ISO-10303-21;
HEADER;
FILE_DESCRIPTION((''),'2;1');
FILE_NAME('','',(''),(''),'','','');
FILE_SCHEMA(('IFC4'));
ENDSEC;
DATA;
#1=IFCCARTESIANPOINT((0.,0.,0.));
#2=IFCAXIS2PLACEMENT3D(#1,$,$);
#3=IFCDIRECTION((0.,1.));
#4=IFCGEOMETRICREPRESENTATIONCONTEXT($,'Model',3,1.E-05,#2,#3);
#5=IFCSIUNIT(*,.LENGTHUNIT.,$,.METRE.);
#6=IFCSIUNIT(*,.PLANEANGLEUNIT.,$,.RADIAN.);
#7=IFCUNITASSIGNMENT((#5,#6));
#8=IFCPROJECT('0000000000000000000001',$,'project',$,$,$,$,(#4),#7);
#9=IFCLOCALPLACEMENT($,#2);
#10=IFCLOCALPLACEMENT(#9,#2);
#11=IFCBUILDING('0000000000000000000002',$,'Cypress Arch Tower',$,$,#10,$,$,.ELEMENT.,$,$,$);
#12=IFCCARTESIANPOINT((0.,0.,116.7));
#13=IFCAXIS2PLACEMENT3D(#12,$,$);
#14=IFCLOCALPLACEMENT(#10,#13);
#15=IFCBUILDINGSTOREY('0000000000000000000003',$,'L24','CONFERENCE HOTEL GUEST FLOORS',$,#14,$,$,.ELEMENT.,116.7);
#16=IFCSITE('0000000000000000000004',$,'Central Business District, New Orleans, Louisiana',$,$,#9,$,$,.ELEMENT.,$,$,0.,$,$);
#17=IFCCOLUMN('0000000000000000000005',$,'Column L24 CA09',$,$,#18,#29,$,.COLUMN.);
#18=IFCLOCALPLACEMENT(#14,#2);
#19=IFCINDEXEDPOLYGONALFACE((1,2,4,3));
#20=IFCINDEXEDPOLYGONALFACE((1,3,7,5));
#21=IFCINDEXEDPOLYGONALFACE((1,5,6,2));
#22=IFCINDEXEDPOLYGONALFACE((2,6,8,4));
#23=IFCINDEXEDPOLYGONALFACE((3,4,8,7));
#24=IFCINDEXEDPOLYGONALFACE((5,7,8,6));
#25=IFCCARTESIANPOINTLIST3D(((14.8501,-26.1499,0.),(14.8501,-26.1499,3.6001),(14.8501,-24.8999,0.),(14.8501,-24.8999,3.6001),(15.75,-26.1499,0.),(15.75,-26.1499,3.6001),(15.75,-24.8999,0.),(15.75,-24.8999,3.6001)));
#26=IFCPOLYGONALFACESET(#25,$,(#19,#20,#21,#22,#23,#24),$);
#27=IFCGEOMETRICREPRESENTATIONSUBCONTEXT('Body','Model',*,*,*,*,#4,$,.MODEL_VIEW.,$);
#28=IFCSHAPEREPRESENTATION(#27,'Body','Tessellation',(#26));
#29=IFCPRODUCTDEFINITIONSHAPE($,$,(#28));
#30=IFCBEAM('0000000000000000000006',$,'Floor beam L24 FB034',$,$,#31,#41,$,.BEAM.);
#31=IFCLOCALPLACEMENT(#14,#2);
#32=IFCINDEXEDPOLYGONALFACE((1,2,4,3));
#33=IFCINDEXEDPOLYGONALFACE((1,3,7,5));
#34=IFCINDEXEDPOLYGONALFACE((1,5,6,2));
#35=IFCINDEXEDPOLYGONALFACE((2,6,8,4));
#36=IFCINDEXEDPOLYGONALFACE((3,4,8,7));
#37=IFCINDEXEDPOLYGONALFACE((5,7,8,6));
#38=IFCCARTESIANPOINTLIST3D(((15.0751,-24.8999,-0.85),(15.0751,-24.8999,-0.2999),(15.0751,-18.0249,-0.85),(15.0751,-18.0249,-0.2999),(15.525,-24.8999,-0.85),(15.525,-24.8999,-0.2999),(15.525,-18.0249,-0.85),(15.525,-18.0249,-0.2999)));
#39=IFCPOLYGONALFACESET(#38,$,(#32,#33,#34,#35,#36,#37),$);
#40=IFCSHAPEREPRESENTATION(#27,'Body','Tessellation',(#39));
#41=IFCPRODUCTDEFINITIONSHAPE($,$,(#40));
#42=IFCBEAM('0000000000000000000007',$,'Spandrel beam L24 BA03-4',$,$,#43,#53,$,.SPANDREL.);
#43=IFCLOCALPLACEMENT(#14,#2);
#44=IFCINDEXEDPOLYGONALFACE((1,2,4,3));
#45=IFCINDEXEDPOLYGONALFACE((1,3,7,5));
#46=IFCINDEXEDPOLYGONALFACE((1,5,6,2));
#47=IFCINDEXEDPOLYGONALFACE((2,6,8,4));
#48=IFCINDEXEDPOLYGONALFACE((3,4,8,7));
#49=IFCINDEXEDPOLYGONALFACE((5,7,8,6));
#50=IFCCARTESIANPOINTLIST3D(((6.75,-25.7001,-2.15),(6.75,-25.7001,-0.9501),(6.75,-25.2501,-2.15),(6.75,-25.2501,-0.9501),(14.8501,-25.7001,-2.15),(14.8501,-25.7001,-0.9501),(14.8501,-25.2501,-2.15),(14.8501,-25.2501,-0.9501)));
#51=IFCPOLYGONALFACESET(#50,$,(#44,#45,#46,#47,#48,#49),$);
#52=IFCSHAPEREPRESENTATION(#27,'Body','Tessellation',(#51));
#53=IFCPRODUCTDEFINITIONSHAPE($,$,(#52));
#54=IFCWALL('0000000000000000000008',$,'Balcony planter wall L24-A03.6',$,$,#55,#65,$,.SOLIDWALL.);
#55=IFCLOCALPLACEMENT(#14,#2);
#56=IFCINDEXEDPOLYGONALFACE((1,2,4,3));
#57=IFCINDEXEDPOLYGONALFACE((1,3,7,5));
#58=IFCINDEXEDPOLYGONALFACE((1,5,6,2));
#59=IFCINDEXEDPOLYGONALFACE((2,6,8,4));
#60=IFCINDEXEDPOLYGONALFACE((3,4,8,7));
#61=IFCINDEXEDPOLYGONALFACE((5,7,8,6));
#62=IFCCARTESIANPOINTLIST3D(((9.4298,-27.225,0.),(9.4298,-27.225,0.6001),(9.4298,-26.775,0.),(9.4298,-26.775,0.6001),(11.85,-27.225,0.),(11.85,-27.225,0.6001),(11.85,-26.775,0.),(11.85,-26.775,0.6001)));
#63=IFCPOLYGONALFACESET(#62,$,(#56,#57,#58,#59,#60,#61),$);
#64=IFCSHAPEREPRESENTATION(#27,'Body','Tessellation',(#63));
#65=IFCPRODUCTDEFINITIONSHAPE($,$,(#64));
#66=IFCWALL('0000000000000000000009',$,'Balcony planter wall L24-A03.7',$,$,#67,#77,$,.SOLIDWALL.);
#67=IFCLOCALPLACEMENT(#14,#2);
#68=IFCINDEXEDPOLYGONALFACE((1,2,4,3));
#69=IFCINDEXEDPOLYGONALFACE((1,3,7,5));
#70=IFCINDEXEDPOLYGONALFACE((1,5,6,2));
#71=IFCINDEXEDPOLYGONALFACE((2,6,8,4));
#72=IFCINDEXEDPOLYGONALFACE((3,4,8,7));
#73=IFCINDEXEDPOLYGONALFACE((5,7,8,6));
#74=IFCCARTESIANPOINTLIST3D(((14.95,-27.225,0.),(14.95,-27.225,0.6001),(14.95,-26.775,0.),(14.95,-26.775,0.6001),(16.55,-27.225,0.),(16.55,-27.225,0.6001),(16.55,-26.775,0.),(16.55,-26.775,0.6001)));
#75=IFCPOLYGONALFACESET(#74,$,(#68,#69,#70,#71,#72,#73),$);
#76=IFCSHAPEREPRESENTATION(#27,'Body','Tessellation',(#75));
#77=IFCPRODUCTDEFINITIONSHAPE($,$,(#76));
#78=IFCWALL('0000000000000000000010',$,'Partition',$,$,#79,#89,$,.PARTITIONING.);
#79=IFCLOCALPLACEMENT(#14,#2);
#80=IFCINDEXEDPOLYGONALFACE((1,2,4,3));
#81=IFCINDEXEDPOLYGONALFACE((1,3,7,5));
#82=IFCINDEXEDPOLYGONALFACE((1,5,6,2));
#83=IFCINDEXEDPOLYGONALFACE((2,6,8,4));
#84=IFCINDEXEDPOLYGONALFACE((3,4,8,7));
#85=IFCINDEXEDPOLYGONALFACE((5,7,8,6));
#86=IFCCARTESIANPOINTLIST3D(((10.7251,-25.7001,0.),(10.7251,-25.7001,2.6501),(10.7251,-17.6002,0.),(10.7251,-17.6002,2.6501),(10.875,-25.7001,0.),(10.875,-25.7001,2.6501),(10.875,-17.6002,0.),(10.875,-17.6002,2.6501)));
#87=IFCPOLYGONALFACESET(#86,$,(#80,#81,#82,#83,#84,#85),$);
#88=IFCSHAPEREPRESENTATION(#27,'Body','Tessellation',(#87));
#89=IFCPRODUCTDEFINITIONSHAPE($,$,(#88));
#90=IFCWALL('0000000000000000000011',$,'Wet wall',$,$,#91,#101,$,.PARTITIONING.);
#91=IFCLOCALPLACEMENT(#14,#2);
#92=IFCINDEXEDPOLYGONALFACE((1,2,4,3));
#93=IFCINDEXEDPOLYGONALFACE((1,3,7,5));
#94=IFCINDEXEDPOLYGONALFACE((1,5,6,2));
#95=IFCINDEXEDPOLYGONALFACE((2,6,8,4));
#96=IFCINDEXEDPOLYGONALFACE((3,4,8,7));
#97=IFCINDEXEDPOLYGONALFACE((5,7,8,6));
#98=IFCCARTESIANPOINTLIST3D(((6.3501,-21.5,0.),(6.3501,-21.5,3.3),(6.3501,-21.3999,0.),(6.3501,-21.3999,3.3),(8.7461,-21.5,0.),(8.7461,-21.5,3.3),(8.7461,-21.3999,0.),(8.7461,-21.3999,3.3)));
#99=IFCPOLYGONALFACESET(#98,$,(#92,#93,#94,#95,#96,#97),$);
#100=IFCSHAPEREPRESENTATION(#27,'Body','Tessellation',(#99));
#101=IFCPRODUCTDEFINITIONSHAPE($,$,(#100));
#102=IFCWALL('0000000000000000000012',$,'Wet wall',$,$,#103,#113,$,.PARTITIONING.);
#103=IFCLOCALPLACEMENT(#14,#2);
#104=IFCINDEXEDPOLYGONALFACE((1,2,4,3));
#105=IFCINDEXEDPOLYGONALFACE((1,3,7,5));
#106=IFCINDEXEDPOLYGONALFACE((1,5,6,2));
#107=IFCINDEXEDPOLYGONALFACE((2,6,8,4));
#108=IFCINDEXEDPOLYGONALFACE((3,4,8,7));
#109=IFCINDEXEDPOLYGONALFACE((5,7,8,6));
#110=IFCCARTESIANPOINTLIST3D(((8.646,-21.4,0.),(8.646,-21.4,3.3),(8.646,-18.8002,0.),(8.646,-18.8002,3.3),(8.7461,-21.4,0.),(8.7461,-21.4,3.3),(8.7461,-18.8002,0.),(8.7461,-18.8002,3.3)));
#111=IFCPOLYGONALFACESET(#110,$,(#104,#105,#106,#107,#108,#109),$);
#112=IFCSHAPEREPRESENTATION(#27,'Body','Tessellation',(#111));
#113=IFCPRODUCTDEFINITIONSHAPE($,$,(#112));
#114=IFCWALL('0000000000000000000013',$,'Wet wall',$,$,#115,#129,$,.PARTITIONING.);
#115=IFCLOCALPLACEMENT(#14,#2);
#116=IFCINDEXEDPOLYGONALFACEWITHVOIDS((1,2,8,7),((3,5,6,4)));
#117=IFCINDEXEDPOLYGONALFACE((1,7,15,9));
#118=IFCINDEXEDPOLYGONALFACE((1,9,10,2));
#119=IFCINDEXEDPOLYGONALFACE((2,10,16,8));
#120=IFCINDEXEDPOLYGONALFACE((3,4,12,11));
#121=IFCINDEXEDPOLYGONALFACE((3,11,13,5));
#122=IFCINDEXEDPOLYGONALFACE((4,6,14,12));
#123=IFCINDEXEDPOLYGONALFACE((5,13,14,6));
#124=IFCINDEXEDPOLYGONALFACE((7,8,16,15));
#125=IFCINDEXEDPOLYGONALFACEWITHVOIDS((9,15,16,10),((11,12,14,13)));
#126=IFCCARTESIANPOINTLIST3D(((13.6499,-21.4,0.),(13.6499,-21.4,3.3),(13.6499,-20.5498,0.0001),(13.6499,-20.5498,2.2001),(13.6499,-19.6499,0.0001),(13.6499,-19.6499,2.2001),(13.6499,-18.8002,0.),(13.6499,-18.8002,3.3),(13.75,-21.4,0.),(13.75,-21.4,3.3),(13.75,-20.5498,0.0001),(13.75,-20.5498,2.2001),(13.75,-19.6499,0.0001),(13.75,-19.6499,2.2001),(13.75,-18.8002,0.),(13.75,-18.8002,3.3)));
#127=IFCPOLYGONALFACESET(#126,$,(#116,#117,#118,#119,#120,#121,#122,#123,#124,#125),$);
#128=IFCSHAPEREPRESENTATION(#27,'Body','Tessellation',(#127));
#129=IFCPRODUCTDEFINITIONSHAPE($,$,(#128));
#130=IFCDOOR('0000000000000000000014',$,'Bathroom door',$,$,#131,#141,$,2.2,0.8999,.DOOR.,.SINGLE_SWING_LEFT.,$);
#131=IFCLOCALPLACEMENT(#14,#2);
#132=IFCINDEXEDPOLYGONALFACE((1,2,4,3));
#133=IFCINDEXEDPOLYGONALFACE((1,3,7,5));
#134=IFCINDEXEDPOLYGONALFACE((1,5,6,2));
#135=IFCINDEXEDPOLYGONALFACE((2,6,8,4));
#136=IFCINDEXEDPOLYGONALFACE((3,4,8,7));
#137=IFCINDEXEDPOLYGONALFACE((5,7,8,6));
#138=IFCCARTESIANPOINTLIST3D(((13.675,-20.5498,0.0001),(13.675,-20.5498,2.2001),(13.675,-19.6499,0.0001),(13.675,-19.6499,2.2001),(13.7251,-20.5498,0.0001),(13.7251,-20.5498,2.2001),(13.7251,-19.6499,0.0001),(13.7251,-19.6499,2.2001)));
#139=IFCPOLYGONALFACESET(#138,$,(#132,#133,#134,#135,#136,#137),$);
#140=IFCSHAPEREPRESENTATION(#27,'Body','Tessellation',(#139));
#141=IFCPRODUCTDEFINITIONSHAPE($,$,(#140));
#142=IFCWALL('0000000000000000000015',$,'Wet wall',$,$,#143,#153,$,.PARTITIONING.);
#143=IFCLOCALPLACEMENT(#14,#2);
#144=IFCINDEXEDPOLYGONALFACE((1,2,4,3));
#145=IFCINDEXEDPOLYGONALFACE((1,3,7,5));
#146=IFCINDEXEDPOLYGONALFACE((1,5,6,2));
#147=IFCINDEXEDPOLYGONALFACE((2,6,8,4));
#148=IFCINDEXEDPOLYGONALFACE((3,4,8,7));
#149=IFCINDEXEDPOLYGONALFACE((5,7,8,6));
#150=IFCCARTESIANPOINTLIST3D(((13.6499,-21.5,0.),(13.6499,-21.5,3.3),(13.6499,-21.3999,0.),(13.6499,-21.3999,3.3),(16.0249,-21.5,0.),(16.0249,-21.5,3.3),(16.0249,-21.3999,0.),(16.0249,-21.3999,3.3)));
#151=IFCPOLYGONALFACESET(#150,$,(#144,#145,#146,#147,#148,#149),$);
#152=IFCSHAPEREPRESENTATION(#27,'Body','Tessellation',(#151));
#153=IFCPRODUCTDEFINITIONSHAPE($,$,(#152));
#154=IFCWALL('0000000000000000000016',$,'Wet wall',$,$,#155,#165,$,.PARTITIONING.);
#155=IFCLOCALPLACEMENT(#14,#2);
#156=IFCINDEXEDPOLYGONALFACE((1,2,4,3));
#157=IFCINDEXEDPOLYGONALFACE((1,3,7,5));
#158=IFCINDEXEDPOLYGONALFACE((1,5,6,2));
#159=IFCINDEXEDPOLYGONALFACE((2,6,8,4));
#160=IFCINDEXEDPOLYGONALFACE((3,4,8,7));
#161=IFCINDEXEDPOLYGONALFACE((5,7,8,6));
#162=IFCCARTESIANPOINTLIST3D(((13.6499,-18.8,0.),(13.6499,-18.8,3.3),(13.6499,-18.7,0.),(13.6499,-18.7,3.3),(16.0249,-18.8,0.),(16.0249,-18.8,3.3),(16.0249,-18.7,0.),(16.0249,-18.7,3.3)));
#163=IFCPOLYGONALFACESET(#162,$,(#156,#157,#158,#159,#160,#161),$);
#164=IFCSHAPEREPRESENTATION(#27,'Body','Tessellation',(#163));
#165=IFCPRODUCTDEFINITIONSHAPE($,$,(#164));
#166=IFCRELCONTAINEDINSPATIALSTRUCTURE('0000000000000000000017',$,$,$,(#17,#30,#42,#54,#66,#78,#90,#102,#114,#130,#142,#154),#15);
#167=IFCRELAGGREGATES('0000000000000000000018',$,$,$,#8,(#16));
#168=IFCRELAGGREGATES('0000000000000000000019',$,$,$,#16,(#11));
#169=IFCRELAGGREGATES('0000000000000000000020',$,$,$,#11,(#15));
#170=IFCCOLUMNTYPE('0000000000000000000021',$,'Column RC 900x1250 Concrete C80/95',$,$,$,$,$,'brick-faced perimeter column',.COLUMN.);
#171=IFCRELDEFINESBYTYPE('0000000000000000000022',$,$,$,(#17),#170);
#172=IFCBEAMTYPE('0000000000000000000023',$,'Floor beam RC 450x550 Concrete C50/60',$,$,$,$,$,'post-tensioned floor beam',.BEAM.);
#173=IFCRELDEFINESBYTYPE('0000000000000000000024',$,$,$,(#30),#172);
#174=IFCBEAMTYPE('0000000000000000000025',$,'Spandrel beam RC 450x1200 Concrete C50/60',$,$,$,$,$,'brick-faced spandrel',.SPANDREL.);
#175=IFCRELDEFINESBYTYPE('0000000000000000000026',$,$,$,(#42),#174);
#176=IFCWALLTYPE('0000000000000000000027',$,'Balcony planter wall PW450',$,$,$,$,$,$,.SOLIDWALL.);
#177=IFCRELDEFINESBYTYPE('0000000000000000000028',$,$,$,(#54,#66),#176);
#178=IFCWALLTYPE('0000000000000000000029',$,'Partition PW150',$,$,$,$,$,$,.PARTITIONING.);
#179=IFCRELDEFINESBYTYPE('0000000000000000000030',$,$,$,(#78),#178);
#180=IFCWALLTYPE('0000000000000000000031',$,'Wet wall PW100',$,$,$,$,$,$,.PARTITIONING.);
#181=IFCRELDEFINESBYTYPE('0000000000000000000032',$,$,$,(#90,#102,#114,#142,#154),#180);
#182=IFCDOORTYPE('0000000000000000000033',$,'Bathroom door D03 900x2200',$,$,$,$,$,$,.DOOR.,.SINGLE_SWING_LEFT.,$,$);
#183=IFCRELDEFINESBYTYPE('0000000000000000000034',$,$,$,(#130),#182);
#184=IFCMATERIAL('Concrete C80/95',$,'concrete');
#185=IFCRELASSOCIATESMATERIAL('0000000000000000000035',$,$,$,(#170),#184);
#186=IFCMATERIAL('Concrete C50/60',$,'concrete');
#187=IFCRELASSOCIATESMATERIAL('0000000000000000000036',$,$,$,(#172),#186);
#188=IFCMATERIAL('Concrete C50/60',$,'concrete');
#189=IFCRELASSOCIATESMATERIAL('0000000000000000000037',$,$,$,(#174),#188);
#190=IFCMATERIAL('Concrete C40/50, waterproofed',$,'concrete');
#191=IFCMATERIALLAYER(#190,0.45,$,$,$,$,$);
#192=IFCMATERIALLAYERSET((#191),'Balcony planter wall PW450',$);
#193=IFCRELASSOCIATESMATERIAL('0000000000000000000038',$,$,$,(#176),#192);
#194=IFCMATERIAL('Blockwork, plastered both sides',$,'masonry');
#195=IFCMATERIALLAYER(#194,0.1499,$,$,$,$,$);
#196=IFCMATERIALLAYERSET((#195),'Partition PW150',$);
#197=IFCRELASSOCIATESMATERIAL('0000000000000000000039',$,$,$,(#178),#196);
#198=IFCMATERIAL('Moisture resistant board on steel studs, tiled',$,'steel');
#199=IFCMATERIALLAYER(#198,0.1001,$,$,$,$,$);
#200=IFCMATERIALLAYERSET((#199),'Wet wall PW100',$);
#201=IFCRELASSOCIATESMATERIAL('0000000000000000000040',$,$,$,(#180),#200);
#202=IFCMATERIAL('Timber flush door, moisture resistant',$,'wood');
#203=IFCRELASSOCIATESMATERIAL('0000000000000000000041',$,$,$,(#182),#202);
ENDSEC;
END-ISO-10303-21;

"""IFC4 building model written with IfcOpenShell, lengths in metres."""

from ifc_helpers import new_model, si_unit, direction, frame, frame_2d, origin, origin_2d, place, context, subcontext, project, spatial, rectangle, extrude, material, layer, layer_set, material_profile, profile_set, type_object, element, fill, save


model = new_model("IFC4")

# Units and contexts
model_context = context("Model", 3, precision=1e-05, world=origin(), true_north=direction((0.0, 1.0)))
body_context = subcontext(model_context, "Body", "Model", "MODEL_VIEW")
ifc_project = project(units=[si_unit("LENGTHUNIT", "METRE"), si_unit("PLANEANGLEUNIT", "RADIAN")], contexts=[model_context])

# Site, building, storey
site_placement = place(None, origin())
site = spatial("IfcSite", under=ifc_project, at=site_placement, Name="Central Business District, New Orleans, Louisiana", CompositionType="ELEMENT", RefElevation=0.0)
building_placement = place(site_placement, origin())
building = spatial("IfcBuilding", under=site, at=building_placement, Name="Cypress Arch Tower", CompositionType="ELEMENT")
storey_placement = place(building_placement, frame((0.0, 0.0, 116.7)))
storey = spatial("IfcBuildingStorey", under=building, at=storey_placement, Name="L24", Description="CONFERENCE HOTEL GUEST FLOORS", CompositionType="ELEMENT", Elevation=116.7)

# Column
ifc_material_1 = material(Name="Concrete C80/95", Category="concrete")
ifc_material_profile_1 = material_profile(ifc_material_1, rectangle(XDim=0.8999, YDim=1.25, at=origin_2d()), Name="RC 900x1250")
ifc_profile_set_1 = profile_set([ifc_material_profile_1], Name="Concrete C80/95")
column_type = type_object("IfcColumnType", Name="Column RC 900x1250 Concrete C80/95", ElementType="brick-faced perimeter column", PredefinedType="COLUMN", material=ifc_profile_set_1)
column_placement = place(storey_placement, frame((15.3, -25.5249, 0.0), z_axis=(0.0, 0.0, 1.0), x_axis=(1.0, 0.0, 0.0)))
element("IfcColumn", 1, at=column_placement, inside=storey, type_object=column_type, Name="Column L24 CA09", PredefinedType="COLUMN", context=body_context, shape_type="SweptSolid", body=[
    extrude(rectangle(XDim=0.8999, YDim=1.25, at=origin_2d()), origin(), (0.0, 0.0, 1.0), 3.6001),
])

# Beams
ifc_material_2 = material(Name="Concrete C50/60", Category="concrete")
ifc_material_profile_2 = material_profile(ifc_material_2, rectangle(XDim=0.45, YDim=0.55, at=origin_2d()), Name="RC 450x550")
ifc_profile_set_2 = profile_set([ifc_material_profile_2], Name="Concrete C50/60")
beam_type_1 = type_object("IfcBeamType", Name="Floor beam RC 450x550 Concrete C50/60", ElementType="post-tensioned floor beam", PredefinedType="BEAM", material=ifc_profile_set_2)
beam_1_placement = place(storey_placement, frame((15.3, -24.8999, -0.575), z_axis=(0.0, 1.0, 0.0), x_axis=(-1.0, 0.0, 0.0)))
element("IfcBeam", 2, at=beam_1_placement, inside=storey, type_object=beam_type_1, Name="Floor beam L24 FB034", PredefinedType="BEAM", context=body_context, shape_type="SweptSolid", body=[
    extrude(rectangle(XDim=0.45, YDim=0.55, at=origin_2d()), origin(), (0.0, 0.0, 1.0), 6.875),
])
ifc_material_3 = material(Name="Concrete C50/60", Category="concrete")
ifc_material_profile_3 = material_profile(ifc_material_3, rectangle(XDim=0.45, YDim=1.2, at=origin_2d()), Name="RC 450x1200")
ifc_profile_set_3 = profile_set([ifc_material_profile_3], Name="Concrete C50/60")
beam_type_2 = type_object("IfcBeamType", Name="Spandrel beam RC 450x1200 Concrete C50/60", ElementType="brick-faced spandrel", PredefinedType="SPANDREL", material=ifc_profile_set_3)
beam_2_placement = place(storey_placement, frame((6.75, -25.4751, -1.55), z_axis=(1.0, 0.0, 0.0), x_axis=(0.0, 1.0, 0.0)))
element("IfcBeam", 3, at=beam_2_placement, inside=storey, type_object=beam_type_2, Name="Spandrel beam L24 BA03-4", PredefinedType="SPANDREL", context=body_context, shape_type="SweptSolid", body=[
    extrude(rectangle(XDim=0.45, YDim=1.2, at=origin_2d()), origin(), (0.0, 0.0, 1.0), 8.1001),
])

# Walls
ifc_material_4 = material(Name="Concrete C40/50, waterproofed", Category="concrete")
ifc_layer_1 = layer(ifc_material_4, 0.45)
ifc_layer_set_1 = layer_set([ifc_layer_1], Name="Balcony planter wall PW450")
wall_type_1 = type_object("IfcWallType", Name="Balcony planter wall PW450", PredefinedType="SOLIDWALL", material=ifc_layer_set_1)
wall_1_placement = place(storey_placement, frame((9.4299, -27.0, 0.0), z_axis=(0.0, 0.0, 1.0), x_axis=(1.0, 0.0, 0.0)))
element("IfcWall", 4, at=wall_1_placement, inside=storey, type_object=wall_type_1, Name="Balcony planter wall L24-A03.6", PredefinedType="SOLIDWALL", context=body_context, shape_type="SweptSolid", body=[
    extrude(rectangle(XDim=2.4202, YDim=0.45, at=frame_2d((1.21, 0.0))), origin(), (0.0, 0.0, 1.0), 0.6001),
])
wall_2_placement = place(storey_placement, frame((14.95, -27.0, 0.0), z_axis=(0.0, 0.0, 1.0), x_axis=(1.0, 0.0, 0.0)))
element("IfcWall", 5, at=wall_2_placement, inside=storey, type_object=wall_type_1, Name="Balcony planter wall L24-A03.7", PredefinedType="SOLIDWALL", context=body_context, shape_type="SweptSolid", body=[
    extrude(rectangle(XDim=1.6001, YDim=0.45, at=frame_2d((0.8, 0.0))), origin(), (0.0, 0.0, 1.0), 0.6001),
])

# Walls
ifc_material_5 = material(Name="Blockwork, plastered both sides", Category="masonry")
ifc_layer_2 = layer(ifc_material_5, 0.1499)
ifc_layer_set_2 = layer_set([ifc_layer_2], Name="Partition PW150")
wall_type_2 = type_object("IfcWallType", Name="Partition PW150", PredefinedType="PARTITIONING", material=ifc_layer_set_2)
wall_3_placement = place(storey_placement, frame((10.8, -25.7, 0.0), z_axis=(0.0, 0.0, 1.0), x_axis=(0.0, 1.0, 0.0)))
element("IfcWall", 6, at=wall_3_placement, inside=storey, type_object=wall_type_2, Name="Partition", PredefinedType="PARTITIONING", context=body_context, shape_type="SweptSolid", body=[
    extrude(rectangle(XDim=8.0999, YDim=0.1499, at=frame_2d((4.0498, 0.0))), origin(), (0.0, 0.0, 1.0), 2.6501),
])
ifc_material_6 = material(Name="Moisture resistant board on steel studs, tiled", Category="steel")
ifc_layer_3 = layer(ifc_material_6, 0.1001)
ifc_layer_set_3 = layer_set([ifc_layer_3], Name="Wet wall PW100")
wall_type_3 = type_object("IfcWallType", Name="Wet wall PW100", PredefinedType="PARTITIONING", material=ifc_layer_set_3)
wall_4_placement = place(storey_placement, frame((6.3501, -21.45, 0.0), z_axis=(0.0, 0.0, 1.0), x_axis=(1.0, 0.0, 0.0)))
element("IfcWall", 7, at=wall_4_placement, inside=storey, type_object=wall_type_3, Name="Wet wall", PredefinedType="PARTITIONING", context=body_context, shape_type="SweptSolid", body=[
    extrude(rectangle(XDim=2.396, YDim=0.1001, at=frame_2d((1.198, 0.0))), origin(), (0.0, 0.0, 1.0), 3.3),
])
wall_5_placement = place(storey_placement, frame((8.696, -21.3999, 0.0), z_axis=(0.0, 0.0, 1.0), x_axis=(0.0, 1.0, 0.0)))
element("IfcWall", 8, at=wall_5_placement, inside=storey, type_object=wall_type_3, Name="Wet wall", PredefinedType="PARTITIONING", context=body_context, shape_type="SweptSolid", body=[
    extrude(rectangle(XDim=2.5999, YDim=0.1001, at=frame_2d((1.2998, 0.0))), origin(), (0.0, 0.0, 1.0), 3.3),
])

# Wall, opening, door
wall_6_placement = place(storey_placement, frame((13.7, -21.3999, 0.0), z_axis=(0.0, 0.0, 1.0), x_axis=(0.0, 1.0, 0.0)))
wall_6 = element("IfcWall", 9, at=wall_6_placement, inside=storey, type_object=wall_type_3, Name="Wet wall", PredefinedType="PARTITIONING", context=body_context, shape_type="SweptSolid", body=[
    extrude(rectangle(XDim=2.5999, YDim=0.1001, at=frame_2d((1.2998, 0.0))), origin(), (0.0, 0.0, 1.0), 3.3),
])
opening_1_placement = place(wall_6_placement, frame((0.8501, 0.0, 0.0)))
opening_1 = element("IfcOpeningElement", 10, at=opening_1_placement, cuts=wall_6, PredefinedType="OPENING", context=body_context, shape_type="SweptSolid", body=[
    extrude(rectangle(XDim=0.8999, YDim=2.2, at=frame_2d((0.45, 1.1001))), frame((0.0, 0.0601, 0.0), z_axis=(0.0, -1.0, 0.0), x_axis=(1.0, 0.0, 0.0)), (0.0, 0.0, 1.0), 0.1201),
])
ifc_material_7 = material(Name="Timber flush door, moisture resistant", Category="wood")
door_type_1 = type_object("IfcDoorType", Name="Bathroom door D03 900x2200", OperationType="SINGLE_SWING_LEFT", PredefinedType="DOOR", material=ifc_material_7)
door_1_placement = place(opening_1_placement, origin())
door_1 = element("IfcDoor", 11, at=door_1_placement, inside=storey, type_object=door_type_1, Name="Bathroom door", OperationType="SINGLE_SWING_LEFT", OverallHeight=2.2, OverallWidth=0.8999, PredefinedType="DOOR", context=body_context, shape_type="SweptSolid", body=[
    extrude(rectangle(XDim=0.8999, YDim=2.2, at=frame_2d((0.45, 1.1001))), frame((0.0, 0.0249, 0.0), z_axis=(0.0, -1.0, 0.0), x_axis=(1.0, 0.0, 0.0)), (0.0, 0.0, 1.0), 0.05),
])
fill(opening_1, door_1)

# Walls
for number, where, z_axis, x_axis, name in (
    (12, (13.6499, -21.45, 0.0), (0.0, 0.0, 1.0), (1.0, 0.0, 0.0), "Wet wall"),
    (13, (13.6499, -18.75, 0.0), (0.0, 0.0, 1.0), (1.0, 0.0, 0.0), "Wet wall"),
):
    element("IfcWall", number, at=place(storey_placement, frame(where, z_axis=z_axis, x_axis=x_axis)), inside=storey, type_object=wall_type_3, Name=name, PredefinedType="PARTITIONING", context=body_context, shape_type="SweptSolid", body=[
        extrude(rectangle(XDim=2.375, YDim=0.1001, at=frame_2d((1.1875, 0.0))), origin(), (0.0, 0.0, 1.0), 3.3),
    ])

save(model, "model.ifc")
